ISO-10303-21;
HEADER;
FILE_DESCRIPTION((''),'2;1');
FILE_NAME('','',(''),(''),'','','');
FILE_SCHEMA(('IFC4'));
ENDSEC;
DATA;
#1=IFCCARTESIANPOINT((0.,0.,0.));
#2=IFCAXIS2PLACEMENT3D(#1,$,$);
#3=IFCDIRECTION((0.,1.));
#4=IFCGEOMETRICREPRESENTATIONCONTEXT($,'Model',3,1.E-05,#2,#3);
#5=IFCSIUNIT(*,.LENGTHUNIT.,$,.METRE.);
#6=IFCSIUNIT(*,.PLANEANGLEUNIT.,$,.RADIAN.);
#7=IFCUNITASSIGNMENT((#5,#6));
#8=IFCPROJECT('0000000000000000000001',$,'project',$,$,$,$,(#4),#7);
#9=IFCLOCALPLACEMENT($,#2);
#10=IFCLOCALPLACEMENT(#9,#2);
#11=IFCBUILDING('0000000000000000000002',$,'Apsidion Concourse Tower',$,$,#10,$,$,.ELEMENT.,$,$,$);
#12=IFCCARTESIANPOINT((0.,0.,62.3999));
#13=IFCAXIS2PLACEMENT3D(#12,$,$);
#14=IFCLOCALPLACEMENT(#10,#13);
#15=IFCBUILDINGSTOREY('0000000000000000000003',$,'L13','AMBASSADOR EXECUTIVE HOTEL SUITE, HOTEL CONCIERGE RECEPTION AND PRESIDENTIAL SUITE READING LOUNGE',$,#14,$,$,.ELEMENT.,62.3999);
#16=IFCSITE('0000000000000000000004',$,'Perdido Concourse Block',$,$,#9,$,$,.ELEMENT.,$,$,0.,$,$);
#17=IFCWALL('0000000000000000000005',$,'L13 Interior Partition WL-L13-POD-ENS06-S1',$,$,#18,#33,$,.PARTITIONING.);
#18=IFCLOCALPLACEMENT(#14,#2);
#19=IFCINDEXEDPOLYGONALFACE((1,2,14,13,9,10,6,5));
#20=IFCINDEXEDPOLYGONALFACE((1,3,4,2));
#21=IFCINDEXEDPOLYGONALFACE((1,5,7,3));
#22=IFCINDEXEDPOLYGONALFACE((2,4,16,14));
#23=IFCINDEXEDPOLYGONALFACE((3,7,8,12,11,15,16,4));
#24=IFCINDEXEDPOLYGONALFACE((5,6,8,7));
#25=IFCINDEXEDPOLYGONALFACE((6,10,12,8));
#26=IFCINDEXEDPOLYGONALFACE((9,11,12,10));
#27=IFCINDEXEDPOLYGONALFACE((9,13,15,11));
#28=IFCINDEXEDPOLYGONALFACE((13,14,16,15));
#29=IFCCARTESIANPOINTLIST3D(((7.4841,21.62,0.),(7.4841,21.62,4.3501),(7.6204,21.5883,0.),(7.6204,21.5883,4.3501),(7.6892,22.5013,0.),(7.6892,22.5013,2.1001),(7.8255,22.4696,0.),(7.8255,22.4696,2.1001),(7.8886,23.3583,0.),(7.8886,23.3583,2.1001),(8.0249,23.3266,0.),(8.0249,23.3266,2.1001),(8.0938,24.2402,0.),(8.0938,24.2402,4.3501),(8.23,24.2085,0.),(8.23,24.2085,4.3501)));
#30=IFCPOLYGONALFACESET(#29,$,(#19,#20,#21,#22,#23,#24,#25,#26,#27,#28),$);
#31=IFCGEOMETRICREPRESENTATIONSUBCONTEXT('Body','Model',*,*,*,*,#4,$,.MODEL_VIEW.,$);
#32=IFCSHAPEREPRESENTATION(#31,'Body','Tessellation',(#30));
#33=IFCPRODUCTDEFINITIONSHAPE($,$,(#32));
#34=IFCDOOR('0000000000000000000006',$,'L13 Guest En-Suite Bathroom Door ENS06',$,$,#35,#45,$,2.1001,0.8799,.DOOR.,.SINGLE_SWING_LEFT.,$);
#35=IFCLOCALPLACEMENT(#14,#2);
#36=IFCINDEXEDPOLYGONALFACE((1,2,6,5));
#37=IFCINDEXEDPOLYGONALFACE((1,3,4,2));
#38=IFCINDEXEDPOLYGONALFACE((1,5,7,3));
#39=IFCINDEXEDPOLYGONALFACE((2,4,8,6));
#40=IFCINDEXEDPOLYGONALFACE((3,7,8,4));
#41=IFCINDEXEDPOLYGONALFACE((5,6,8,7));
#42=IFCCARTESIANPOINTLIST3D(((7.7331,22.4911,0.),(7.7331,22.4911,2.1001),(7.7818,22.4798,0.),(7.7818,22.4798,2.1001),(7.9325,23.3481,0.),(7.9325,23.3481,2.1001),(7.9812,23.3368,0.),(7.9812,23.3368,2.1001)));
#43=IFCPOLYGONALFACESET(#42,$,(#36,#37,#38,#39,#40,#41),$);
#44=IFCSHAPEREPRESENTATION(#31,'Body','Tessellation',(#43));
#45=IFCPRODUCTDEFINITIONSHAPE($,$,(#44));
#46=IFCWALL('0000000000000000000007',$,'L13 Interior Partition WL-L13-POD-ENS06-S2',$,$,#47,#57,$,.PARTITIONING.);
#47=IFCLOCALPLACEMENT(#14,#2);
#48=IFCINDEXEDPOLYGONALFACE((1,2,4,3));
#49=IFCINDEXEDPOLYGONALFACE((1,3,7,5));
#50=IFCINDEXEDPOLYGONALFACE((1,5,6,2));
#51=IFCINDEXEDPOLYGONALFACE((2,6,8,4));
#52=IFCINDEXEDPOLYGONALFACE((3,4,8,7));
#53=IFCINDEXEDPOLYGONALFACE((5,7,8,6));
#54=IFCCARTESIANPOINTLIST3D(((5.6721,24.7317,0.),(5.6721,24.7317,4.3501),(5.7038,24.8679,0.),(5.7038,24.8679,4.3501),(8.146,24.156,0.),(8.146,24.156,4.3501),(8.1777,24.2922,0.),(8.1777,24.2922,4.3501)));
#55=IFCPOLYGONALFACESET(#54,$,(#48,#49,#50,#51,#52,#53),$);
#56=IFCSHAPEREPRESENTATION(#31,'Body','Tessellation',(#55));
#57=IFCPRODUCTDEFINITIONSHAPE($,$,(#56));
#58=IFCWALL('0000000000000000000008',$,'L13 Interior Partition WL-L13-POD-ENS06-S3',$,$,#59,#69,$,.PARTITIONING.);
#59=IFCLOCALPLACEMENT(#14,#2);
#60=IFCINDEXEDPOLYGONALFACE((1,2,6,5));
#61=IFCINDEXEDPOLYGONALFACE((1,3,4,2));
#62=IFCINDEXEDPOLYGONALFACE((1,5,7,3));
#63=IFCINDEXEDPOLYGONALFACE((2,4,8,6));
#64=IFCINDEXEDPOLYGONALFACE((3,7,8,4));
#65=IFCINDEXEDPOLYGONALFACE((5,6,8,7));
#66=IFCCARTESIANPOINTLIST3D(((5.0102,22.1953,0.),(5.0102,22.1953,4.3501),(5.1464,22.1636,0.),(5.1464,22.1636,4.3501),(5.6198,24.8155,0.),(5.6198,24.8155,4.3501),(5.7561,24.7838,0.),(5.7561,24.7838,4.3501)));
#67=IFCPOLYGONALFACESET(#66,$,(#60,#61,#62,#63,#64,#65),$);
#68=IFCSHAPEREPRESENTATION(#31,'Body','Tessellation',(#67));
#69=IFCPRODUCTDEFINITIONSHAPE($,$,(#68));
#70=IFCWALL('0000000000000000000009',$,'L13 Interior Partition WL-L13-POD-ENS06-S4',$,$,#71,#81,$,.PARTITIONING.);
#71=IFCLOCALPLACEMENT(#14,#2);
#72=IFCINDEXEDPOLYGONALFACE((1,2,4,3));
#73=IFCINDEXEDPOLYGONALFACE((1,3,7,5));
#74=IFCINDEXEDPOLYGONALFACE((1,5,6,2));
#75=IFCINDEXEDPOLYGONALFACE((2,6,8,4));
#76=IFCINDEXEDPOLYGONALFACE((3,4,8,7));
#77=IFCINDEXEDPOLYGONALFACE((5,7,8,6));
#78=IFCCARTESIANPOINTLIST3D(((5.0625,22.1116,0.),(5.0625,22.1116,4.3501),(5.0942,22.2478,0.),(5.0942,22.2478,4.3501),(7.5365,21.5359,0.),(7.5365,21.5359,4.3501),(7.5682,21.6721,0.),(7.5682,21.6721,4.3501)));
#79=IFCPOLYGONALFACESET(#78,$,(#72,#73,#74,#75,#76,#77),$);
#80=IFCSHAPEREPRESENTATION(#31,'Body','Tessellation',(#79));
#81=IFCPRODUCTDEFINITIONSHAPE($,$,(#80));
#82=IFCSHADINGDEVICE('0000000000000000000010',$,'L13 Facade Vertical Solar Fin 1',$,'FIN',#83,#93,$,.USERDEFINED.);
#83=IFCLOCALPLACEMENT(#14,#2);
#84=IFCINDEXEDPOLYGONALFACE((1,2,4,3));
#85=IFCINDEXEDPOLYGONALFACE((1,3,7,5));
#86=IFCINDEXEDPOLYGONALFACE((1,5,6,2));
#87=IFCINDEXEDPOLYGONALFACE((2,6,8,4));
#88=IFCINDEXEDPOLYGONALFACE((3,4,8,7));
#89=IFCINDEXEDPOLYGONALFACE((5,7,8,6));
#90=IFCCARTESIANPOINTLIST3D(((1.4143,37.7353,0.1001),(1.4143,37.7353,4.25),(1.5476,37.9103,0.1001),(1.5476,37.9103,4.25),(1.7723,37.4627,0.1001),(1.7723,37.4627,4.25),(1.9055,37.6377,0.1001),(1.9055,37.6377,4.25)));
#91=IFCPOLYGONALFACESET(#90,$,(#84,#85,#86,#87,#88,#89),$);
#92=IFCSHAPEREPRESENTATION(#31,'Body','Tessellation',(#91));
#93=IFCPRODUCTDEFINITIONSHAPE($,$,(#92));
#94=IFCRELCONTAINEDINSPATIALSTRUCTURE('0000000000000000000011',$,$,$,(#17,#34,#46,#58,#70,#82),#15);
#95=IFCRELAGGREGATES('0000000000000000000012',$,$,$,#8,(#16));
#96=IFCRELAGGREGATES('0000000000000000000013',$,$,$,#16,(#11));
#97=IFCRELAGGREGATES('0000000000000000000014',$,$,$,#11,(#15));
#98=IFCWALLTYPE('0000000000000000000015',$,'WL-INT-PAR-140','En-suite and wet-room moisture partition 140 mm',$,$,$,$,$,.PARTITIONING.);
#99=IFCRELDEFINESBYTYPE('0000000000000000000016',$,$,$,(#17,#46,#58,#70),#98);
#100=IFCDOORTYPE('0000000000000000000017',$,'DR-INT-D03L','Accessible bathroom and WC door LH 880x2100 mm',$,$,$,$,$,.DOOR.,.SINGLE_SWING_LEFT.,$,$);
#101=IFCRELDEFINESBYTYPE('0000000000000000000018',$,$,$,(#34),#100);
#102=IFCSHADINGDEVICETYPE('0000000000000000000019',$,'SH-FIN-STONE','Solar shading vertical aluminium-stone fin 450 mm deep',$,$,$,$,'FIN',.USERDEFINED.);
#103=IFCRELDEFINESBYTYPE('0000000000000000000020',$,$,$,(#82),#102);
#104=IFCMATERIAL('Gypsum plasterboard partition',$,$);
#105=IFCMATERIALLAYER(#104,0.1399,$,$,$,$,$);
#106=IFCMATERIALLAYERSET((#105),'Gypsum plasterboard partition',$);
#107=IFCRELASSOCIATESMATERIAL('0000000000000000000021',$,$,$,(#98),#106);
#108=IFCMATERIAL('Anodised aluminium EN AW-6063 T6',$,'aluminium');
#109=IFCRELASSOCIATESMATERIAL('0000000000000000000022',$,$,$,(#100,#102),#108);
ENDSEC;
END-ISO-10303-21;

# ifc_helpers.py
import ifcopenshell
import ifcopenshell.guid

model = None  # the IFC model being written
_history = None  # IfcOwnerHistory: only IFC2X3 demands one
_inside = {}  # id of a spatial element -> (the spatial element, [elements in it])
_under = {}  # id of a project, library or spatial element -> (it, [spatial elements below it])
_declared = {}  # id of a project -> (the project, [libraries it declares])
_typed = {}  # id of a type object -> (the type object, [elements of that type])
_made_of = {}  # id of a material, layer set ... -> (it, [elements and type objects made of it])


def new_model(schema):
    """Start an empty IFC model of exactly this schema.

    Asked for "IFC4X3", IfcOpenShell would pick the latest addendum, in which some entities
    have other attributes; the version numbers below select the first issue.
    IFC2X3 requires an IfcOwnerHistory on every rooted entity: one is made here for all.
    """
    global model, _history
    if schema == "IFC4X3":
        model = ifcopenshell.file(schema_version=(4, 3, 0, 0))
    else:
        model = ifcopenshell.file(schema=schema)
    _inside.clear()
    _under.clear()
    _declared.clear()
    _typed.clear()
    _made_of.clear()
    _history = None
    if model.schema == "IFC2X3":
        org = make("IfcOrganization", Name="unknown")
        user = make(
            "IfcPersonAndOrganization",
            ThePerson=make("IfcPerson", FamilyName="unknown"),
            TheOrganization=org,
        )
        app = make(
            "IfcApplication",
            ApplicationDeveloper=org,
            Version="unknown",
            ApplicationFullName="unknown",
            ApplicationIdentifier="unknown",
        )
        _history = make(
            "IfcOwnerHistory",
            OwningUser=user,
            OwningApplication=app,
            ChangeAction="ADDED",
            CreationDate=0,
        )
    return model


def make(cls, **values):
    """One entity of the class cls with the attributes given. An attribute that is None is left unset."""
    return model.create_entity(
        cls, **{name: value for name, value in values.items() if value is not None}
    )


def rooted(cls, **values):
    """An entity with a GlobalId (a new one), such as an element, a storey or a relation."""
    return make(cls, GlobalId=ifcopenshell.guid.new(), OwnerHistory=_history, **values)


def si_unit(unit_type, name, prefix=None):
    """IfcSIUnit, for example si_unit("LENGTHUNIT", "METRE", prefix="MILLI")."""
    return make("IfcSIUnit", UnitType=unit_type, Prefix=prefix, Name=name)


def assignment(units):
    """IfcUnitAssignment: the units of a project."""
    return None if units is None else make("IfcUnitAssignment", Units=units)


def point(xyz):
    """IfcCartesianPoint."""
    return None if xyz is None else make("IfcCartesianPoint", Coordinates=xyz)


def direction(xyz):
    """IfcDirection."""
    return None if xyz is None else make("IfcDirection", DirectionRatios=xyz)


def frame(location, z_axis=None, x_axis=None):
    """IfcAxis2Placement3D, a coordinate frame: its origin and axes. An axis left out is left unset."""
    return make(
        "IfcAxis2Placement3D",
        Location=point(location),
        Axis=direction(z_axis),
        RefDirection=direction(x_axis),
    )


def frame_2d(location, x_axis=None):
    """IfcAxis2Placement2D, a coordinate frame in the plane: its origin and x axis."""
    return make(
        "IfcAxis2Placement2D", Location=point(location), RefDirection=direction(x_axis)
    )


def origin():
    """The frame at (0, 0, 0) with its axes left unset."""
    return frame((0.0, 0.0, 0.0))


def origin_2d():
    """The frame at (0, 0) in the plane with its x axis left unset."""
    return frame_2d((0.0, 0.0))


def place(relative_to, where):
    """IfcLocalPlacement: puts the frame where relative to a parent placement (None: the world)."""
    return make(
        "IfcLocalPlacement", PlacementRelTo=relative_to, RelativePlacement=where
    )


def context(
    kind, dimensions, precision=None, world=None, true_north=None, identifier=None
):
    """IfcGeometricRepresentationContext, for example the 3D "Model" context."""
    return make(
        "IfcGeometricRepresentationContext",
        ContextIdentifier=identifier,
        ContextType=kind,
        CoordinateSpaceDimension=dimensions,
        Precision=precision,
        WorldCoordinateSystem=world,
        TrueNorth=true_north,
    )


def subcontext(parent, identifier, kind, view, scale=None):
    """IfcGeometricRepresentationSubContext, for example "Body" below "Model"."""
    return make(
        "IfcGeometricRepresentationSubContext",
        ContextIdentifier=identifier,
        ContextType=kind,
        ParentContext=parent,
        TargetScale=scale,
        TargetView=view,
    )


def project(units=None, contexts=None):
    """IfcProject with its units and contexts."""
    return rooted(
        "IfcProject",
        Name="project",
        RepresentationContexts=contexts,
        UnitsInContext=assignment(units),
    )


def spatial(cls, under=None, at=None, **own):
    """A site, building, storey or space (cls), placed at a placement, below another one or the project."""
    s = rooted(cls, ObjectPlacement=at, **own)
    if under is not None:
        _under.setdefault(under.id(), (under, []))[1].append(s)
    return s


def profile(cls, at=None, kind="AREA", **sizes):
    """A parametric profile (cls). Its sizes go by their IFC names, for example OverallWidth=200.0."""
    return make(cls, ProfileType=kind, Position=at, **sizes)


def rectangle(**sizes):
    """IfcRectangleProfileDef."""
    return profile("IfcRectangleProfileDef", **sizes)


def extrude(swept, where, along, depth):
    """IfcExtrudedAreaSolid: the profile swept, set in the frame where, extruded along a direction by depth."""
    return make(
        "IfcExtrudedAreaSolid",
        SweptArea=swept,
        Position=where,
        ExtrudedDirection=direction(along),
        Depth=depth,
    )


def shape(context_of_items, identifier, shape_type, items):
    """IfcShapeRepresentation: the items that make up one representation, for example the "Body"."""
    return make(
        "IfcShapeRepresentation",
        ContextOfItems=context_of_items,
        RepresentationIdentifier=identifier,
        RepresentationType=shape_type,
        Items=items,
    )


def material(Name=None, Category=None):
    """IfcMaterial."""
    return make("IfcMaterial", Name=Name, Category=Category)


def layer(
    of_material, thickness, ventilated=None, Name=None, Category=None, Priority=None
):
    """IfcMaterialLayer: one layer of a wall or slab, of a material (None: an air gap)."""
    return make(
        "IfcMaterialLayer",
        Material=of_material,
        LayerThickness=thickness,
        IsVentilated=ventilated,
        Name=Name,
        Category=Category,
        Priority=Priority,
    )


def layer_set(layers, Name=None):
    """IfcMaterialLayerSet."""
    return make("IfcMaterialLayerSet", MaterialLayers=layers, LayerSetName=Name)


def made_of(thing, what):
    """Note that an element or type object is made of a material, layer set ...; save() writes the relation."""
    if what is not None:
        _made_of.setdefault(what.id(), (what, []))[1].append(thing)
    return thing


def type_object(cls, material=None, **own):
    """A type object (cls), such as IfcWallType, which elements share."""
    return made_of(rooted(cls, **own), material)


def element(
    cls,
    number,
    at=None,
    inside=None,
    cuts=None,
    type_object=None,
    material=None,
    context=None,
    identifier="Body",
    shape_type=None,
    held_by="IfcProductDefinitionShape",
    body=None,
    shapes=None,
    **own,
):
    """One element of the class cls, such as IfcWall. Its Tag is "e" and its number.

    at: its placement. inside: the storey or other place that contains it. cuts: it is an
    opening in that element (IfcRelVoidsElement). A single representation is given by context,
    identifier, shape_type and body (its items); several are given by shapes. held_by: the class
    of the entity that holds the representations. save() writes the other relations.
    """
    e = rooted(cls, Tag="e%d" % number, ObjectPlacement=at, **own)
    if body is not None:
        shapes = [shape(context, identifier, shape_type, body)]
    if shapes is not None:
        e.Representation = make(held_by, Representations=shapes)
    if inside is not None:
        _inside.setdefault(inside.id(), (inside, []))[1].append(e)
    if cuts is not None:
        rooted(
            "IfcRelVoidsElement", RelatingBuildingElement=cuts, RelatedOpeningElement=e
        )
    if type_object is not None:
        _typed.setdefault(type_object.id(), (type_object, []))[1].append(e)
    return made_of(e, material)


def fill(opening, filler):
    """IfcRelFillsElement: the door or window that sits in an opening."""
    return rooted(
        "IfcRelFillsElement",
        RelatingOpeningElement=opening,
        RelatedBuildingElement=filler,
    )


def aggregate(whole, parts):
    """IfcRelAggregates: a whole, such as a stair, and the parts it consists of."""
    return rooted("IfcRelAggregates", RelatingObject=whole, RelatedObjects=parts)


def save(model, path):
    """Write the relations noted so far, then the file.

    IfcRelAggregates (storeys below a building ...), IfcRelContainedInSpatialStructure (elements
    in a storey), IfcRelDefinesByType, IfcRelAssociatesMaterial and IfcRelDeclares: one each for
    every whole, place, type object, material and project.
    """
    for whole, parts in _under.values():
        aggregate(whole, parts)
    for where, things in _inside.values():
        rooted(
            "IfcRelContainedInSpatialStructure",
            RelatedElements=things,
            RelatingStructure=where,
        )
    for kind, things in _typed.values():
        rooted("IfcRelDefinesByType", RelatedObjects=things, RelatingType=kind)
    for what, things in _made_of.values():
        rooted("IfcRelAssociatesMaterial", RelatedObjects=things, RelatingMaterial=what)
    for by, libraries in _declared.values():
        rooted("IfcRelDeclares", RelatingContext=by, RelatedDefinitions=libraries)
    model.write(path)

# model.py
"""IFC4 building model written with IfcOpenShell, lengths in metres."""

from ifc_helpers import new_model, si_unit, direction, frame, frame_2d, origin, origin_2d, place, context, subcontext, project, spatial, rectangle, extrude, material, layer, layer_set, type_object, element, fill, save


model = new_model("IFC4")

# Units and contexts
model_context = context("Model", 3, precision=1e-05, world=origin(), true_north=direction((0.0, 1.0)))
body_context = subcontext(model_context, "Body", "Model", "MODEL_VIEW")
ifc_project = project(units=[si_unit("LENGTHUNIT", "METRE"), si_unit("PLANEANGLEUNIT", "RADIAN")], contexts=[model_context])

# Site, building, storey
site_placement = place(None, origin())
site = spatial("IfcSite", under=ifc_project, at=site_placement, Name="Perdido Concourse Block", CompositionType="ELEMENT", RefElevation=0.0)
building_placement = place(site_placement, origin())
building = spatial("IfcBuilding", under=site, at=building_placement, Name="Apsidion Concourse Tower", CompositionType="ELEMENT")
storey_placement = place(building_placement, frame((0.0, 0.0, 62.3999)))
storey = spatial("IfcBuildingStorey", under=building, at=storey_placement, Name="L13", Description="AMBASSADOR EXECUTIVE HOTEL SUITE, HOTEL CONCIERGE RECEPTION AND PRESIDENTIAL SUITE READING LOUNGE", CompositionType="ELEMENT", Elevation=62.3999)

# Shared definitions
ifc_material_1 = material(Name="Anodised aluminium EN AW-6063 T6", Category="aluminium")

# Wall, opening, door
ifc_material_2 = material(Name="Gypsum plasterboard partition")
ifc_layer_1 = layer(ifc_material_2, 0.1399)
ifc_layer_set_1 = layer_set([ifc_layer_1], Name="Gypsum plasterboard partition")
wall_type = type_object("IfcWallType", Name="WL-INT-PAR-140", Description="En-suite and wet-room moisture partition 140 mm", PredefinedType="PARTITIONING", material=ifc_layer_set_1)
wall_1_placement = place(storey_placement, frame((7.5522, 21.604, 0.0), z_axis=(0.0, 0.0, 1.0), x_axis=(0.226616, 0.973984, 0.0)))
wall_1 = element("IfcWall", 1, at=wall_1_placement, inside=storey, type_object=wall_type, Name="L13 Interior Partition WL-L13-POD-ENS06-S1", PredefinedType="PARTITIONING", context=body_context, shape_type="SweptSolid", body=[
    extrude(rectangle(XDim=2.6902, YDim=0.1399, at=frame_2d((1.3452, 0.0))), origin(), (0.0, 0.0, 1.0), 4.3501),
])
opening_placement = place(wall_1_placement, frame((0.905, 0.0, 0.0)))
opening = element("IfcOpeningElement", 2, at=opening_placement, cuts=wall_1, PredefinedType="OPENING", context=body_context, shape_type="SweptSolid", body=[
    extrude(rectangle(XDim=0.8799, YDim=2.1001, at=frame_2d((0.4399, 1.05))), frame((0.0, 0.0801, 0.0), z_axis=(0.0, -1.0, 0.0), x_axis=(1.0, 0.0, 0.0)), (0.0, 0.0, 1.0), 0.1599),
])
door_type = type_object("IfcDoorType", Name="DR-INT-D03L", Description="Accessible bathroom and WC door LH 880x2100 mm", OperationType="SINGLE_SWING_LEFT", PredefinedType="DOOR", material=ifc_material_1)
door_placement = place(opening_placement, origin())
door = element("IfcDoor", 3, at=door_placement, inside=storey, type_object=door_type, Name="L13 Guest En-Suite Bathroom Door ENS06", OperationType="SINGLE_SWING_LEFT", OverallHeight=2.1001, OverallWidth=0.8799, PredefinedType="DOOR", context=body_context, shape_type="SweptSolid", body=[
    extrude(rectangle(XDim=0.8799, YDim=2.1001, at=frame_2d((0.4399, 1.05))), frame((0.0, 0.0249, 0.0), z_axis=(0.0, -1.0, 0.0), x_axis=(1.0, 0.0, 0.0)), (0.0, 0.0, 1.0), 0.05),
])
fill(opening, door)

# Walls
wall_2_placement = place(storey_placement, frame((8.1619, 24.2241, 0.0), z_axis=(0.0, 0.0, 1.0), x_axis=(-0.973976, 0.226649, 0.0)))
element("IfcWall", 4, at=wall_2_placement, inside=storey, type_object=wall_type, Name="L13 Interior Partition WL-L13-POD-ENS06-S2", PredefinedType="PARTITIONING", context=body_context, shape_type="SweptSolid", body=[
    extrude(rectangle(XDim=2.54, YDim=0.1399, at=frame_2d((1.27, 0.0))), origin(), (0.0, 0.0, 1.0), 4.3501),
])
wall_3_placement = place(storey_placement, frame((5.688, 24.7998, 0.0), z_axis=(0.0, 0.0, 1.0), x_axis=(-0.226616, -0.973984, 0.0)))
element("IfcWall", 5, at=wall_3_placement, inside=storey, type_object=wall_type, Name="L13 Interior Partition WL-L13-POD-ENS06-S3", PredefinedType="PARTITIONING", context=body_context, shape_type="SweptSolid", body=[
    extrude(rectangle(XDim=2.6902, YDim=0.1399, at=frame_2d((1.3452, 0.0))), origin(), (0.0, 0.0, 1.0), 4.3501),
])
wall_4_placement = place(storey_placement, frame((5.0784, 22.1797, 0.0), z_axis=(0.0, 0.0, 1.0), x_axis=(0.973976, -0.226649, 0.0)))
element("IfcWall", 6, at=wall_4_placement, inside=storey, type_object=wall_type, Name="L13 Interior Partition WL-L13-POD-ENS06-S4", PredefinedType="PARTITIONING", context=body_context, shape_type="SweptSolid", body=[
    extrude(rectangle(XDim=2.54, YDim=0.1399, at=frame_2d((1.27, 0.0))), origin(), (0.0, 0.0, 1.0), 4.3501),
])

# Shading device
shading_device_type = type_object("IfcShadingDeviceType", Name="SH-FIN-STONE", Description="Solar shading vertical aluminium-stone fin 450 mm deep", ElementType="FIN", PredefinedType="USERDEFINED", material=ifc_material_1)
shading_device_placement = place(storey_placement, frame((1.6599, 37.6865, 0.1001), z_axis=(0.0, 0.0, 1.0), x_axis=(0.60585, 0.795579, 0.0)))
element("IfcShadingDevice", 7, at=shading_device_placement, inside=storey, type_object=shading_device_type, Name="L13 Facade Vertical Solar Fin 1", ObjectType="FIN", PredefinedType="USERDEFINED", context=body_context, shape_type="SweptSolid", body=[
    extrude(rectangle(XDim=0.22, YDim=0.45, at=origin_2d()), origin(), (0.0, 0.0, 1.0), 4.1499),
])

save(model, "model.ifc")
